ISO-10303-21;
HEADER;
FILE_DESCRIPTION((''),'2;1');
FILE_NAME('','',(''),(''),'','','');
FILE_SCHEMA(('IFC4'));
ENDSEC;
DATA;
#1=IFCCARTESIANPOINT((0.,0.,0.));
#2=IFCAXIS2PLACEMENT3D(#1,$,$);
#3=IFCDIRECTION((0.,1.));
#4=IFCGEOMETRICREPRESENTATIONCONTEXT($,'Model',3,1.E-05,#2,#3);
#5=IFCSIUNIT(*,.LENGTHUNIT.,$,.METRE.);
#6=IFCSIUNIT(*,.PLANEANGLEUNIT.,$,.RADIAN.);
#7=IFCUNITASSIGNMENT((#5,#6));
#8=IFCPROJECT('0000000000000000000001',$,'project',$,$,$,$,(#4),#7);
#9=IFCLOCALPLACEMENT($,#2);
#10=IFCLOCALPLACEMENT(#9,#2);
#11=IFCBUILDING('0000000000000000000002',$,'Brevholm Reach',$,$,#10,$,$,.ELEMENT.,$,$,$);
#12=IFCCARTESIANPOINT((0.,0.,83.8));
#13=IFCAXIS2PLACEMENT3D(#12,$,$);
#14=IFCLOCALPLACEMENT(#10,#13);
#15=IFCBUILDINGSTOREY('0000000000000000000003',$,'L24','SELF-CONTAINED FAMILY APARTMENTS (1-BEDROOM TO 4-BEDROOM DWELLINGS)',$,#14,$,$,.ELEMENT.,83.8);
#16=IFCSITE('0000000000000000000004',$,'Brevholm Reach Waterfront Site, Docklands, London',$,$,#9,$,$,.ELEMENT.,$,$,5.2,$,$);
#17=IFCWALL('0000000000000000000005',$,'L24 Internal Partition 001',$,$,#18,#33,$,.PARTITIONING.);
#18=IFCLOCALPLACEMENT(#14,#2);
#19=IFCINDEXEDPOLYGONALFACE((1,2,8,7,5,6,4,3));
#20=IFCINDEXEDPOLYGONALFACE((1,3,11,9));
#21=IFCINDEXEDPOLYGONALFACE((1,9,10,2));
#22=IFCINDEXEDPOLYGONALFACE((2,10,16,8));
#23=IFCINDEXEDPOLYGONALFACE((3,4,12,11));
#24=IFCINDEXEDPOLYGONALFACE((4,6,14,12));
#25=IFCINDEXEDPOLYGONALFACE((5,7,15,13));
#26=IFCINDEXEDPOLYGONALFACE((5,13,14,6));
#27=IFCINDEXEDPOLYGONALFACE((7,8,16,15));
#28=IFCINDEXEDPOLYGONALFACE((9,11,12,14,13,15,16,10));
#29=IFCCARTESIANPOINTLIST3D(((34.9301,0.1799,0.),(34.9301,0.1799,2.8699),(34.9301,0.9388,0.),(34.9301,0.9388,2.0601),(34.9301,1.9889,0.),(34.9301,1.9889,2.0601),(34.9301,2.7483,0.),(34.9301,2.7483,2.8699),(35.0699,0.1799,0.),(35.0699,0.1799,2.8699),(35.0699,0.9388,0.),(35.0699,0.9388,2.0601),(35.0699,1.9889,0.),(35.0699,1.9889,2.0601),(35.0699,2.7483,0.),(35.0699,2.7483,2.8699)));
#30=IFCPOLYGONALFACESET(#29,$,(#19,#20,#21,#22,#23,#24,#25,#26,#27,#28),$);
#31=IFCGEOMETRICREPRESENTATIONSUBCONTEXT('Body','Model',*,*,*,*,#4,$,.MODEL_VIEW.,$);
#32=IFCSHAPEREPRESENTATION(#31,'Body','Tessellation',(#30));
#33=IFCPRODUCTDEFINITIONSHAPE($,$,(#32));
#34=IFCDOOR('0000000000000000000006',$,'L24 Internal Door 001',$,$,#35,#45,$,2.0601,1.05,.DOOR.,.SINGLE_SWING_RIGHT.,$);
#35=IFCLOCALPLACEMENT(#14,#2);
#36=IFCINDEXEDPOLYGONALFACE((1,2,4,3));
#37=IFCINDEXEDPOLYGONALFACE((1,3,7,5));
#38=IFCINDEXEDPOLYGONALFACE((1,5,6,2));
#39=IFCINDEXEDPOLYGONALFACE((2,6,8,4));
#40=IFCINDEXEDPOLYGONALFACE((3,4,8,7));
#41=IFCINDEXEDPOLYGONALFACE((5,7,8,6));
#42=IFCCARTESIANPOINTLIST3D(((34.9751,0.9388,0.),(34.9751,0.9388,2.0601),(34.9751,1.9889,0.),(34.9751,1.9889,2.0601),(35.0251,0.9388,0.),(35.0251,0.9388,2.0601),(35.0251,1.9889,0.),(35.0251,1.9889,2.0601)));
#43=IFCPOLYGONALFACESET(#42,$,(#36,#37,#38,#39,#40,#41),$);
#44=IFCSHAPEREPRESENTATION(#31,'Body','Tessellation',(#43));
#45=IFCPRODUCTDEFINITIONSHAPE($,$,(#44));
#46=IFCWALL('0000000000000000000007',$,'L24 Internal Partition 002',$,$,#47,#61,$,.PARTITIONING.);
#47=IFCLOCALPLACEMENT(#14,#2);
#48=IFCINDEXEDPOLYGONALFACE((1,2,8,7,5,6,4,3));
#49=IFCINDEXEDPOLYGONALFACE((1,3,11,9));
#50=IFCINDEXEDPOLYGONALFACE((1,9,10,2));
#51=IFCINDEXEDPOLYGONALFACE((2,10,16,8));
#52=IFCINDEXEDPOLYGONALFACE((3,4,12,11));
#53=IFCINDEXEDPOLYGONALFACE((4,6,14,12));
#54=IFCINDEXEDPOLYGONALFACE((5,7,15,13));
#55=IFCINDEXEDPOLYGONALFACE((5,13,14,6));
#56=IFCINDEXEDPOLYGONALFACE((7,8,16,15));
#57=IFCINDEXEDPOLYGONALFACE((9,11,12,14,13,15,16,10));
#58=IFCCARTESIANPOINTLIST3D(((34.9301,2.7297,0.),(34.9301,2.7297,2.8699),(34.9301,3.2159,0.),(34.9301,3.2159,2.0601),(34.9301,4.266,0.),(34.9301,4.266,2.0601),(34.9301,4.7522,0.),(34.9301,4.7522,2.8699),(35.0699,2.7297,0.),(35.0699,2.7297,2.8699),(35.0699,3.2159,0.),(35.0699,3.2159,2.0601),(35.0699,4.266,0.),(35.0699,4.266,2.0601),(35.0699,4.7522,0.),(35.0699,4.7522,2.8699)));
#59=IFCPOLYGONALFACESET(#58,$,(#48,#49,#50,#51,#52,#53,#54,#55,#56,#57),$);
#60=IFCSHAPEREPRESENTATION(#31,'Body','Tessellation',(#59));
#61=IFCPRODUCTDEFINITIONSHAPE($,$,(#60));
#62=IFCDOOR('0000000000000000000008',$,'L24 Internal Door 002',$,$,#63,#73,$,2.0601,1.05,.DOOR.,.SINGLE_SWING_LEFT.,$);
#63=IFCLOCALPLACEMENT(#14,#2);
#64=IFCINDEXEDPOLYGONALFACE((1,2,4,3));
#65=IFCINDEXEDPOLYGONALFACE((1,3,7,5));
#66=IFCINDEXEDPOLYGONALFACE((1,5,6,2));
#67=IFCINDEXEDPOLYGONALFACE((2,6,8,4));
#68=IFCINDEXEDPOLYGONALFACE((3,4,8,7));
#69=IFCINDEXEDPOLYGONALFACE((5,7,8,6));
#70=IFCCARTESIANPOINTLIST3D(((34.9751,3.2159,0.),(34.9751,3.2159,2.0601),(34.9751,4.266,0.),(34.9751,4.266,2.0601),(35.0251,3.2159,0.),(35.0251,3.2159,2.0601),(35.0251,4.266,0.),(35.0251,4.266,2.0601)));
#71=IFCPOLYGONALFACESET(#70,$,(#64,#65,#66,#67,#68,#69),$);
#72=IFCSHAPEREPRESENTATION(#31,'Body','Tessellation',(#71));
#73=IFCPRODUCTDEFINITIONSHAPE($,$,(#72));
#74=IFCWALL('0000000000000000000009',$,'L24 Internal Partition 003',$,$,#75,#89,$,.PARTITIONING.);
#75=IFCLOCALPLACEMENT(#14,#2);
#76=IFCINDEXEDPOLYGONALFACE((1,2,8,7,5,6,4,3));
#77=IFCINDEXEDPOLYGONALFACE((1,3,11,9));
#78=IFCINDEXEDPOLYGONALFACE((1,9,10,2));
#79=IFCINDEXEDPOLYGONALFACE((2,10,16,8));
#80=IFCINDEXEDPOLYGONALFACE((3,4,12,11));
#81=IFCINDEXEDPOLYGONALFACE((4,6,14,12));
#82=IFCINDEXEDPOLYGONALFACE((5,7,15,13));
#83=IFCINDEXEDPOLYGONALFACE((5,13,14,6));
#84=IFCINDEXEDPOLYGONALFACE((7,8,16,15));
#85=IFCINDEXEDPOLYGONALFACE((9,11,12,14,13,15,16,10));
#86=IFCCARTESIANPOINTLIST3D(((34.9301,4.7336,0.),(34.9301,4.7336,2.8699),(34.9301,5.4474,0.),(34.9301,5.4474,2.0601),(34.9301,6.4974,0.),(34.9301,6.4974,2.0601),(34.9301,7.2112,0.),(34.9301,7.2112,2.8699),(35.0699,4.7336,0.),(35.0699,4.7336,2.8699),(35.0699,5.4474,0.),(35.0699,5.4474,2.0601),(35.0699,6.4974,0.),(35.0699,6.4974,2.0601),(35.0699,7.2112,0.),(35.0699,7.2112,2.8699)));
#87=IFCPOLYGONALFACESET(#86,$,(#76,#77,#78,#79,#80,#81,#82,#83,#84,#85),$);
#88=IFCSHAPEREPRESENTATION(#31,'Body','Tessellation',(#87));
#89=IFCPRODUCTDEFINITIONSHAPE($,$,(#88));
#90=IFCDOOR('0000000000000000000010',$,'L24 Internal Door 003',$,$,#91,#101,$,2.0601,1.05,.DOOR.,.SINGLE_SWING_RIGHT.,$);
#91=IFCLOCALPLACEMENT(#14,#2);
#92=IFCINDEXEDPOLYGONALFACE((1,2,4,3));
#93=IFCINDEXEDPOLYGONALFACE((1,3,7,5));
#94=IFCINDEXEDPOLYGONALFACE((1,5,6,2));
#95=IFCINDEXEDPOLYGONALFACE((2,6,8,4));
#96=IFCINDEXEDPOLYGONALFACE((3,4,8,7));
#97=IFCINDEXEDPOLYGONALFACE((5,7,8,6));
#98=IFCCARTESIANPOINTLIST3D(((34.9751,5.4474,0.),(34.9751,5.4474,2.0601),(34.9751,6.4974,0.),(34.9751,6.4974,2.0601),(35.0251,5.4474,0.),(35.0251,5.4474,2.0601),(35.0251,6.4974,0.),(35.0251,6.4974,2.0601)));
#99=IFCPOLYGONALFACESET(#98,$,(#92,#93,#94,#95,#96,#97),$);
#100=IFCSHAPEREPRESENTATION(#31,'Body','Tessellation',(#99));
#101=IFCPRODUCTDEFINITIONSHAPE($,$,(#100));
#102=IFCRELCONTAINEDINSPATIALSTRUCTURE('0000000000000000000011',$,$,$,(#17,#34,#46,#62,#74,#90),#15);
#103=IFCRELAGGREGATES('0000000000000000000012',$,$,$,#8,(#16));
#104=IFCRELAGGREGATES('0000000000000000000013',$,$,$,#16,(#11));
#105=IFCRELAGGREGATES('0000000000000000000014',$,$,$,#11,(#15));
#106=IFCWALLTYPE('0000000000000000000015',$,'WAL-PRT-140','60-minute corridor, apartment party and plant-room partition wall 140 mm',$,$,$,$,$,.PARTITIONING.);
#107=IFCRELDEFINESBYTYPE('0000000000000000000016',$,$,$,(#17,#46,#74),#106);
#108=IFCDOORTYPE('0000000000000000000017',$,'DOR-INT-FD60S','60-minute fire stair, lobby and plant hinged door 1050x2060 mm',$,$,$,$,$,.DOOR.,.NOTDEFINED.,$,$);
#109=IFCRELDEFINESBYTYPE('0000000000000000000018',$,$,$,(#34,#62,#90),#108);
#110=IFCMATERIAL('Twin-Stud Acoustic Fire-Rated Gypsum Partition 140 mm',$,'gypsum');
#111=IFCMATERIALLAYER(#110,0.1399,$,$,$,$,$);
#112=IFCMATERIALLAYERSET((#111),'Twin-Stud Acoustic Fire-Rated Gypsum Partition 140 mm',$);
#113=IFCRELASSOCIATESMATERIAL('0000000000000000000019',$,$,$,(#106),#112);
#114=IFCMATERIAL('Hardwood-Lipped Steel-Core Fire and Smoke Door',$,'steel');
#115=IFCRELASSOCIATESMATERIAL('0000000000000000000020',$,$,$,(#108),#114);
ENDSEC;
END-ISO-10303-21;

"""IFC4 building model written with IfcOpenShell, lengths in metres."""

from ifc_helpers import new_model, si_unit, direction, frame, frame_2d, origin, place, context, subcontext, project, spatial, rectangle, extrude, material, layer, layer_set, type_object, element, fill, save


model = new_model("IFC4")

# Units and contexts
model_context = context("Model", 3, precision=1e-05, world=origin(), true_north=direction((0.0, 1.0)))
body_context = subcontext(model_context, "Body", "Model", "MODEL_VIEW")
ifc_project = project(units=[si_unit("LENGTHUNIT", "METRE"), si_unit("PLANEANGLEUNIT", "RADIAN")], contexts=[model_context])

# Site, building, storey
site_placement = place(None, origin())
site = spatial("IfcSite", under=ifc_project, at=site_placement, Name="Brevholm Reach Waterfront Site, Docklands, London", CompositionType="ELEMENT", RefElevation=5.2)
building_placement = place(site_placement, origin())
building = spatial("IfcBuilding", under=site, at=building_placement, Name="Brevholm Reach", CompositionType="ELEMENT")
storey_placement = place(building_placement, frame((0.0, 0.0, 83.8)))
storey = spatial("IfcBuildingStorey", under=building, at=storey_placement, Name="L24", Description="SELF-CONTAINED FAMILY APARTMENTS (1-BEDROOM TO 4-BEDROOM DWELLINGS)", CompositionType="ELEMENT", Elevation=83.8)

# Walls, openings, doors
ifc_material_1 = material(Name="Twin-Stud Acoustic Fire-Rated Gypsum Partition 140 mm", Category="gypsum")
ifc_layer_1 = layer(ifc_material_1, 0.1399)
ifc_layer_set_1 = layer_set([ifc_layer_1], Name="Twin-Stud Acoustic Fire-Rated Gypsum Partition 140 mm")
wall_type_1 = type_object("IfcWallType", Name="WAL-PRT-140", Description="60-minute corridor, apartment party and plant-room partition wall 140 mm", PredefinedType="PARTITIONING", material=ifc_layer_set_1)
wall_1_placement = place(storey_placement, frame((35.0, 0.1799, 0.0), z_axis=(0.0, 0.0, 1.0), x_axis=(0.0, 1.0, 0.0)))
wall_1 = element("IfcWall", 1, at=wall_1_placement, inside=storey, type_object=wall_type_1, Name="L24 Internal Partition 001", PredefinedType="PARTITIONING", context=body_context, shape_type="SweptSolid", body=[
    extrude(rectangle(XDim=2.5684, YDim=0.1399, at=frame_2d((1.2842, 0.0))), origin(), (0.0, 0.0, 1.0), 2.8699),
])
opening_1_placement = place(wall_1_placement, frame((0.759, 0.0, 0.0)))
opening_1 = element("IfcOpeningElement", 2, at=opening_1_placement, cuts=wall_1, PredefinedType="OPENING", context=body_context, shape_type="SweptSolid", body=[
    extrude(rectangle(XDim=1.05, YDim=2.0601, at=frame_2d((0.5249, 1.03))), frame((0.0, 0.0798, 0.0), z_axis=(0.0, -1.0, 0.0), x_axis=(1.0, 0.0, 0.0)), (0.0, 0.0, 1.0), 0.1599),
])
ifc_material_2 = material(Name="Hardwood-Lipped Steel-Core Fire and Smoke Door", Category="steel")
door_type_1 = type_object("IfcDoorType", Name="DOR-INT-FD60S", Description="60-minute fire stair, lobby and plant hinged door 1050x2060 mm", OperationType="NOTDEFINED", PredefinedType="DOOR", material=ifc_material_2)
door_1_placement = place(opening_1_placement, origin())
door_1 = element("IfcDoor", 3, at=door_1_placement, inside=storey, type_object=door_type_1, Name="L24 Internal Door 001", OperationType="SINGLE_SWING_RIGHT", OverallHeight=2.0601, OverallWidth=1.05, PredefinedType="DOOR", context=body_context, shape_type="SweptSolid", body=[
    extrude(rectangle(XDim=1.05, YDim=2.0601, at=frame_2d((0.5249, 1.03))), frame((0.0, 0.0249, 0.0), z_axis=(0.0, -1.0, 0.0), x_axis=(1.0, 0.0, 0.0)), (0.0, 0.0, 1.0), 0.05),
])
fill(opening_1, door_1)
wall_2_placement = place(storey_placement, frame((35.0, 2.7297, 0.0), z_axis=(0.0, 0.0, 1.0), x_axis=(0.0, 1.0, 0.0)))
wall_2 = element("IfcWall", 4, at=wall_2_placement, inside=storey, type_object=wall_type_1, Name="L24 Internal Partition 002", PredefinedType="PARTITIONING", context=body_context, shape_type="SweptSolid", body=[
    extrude(rectangle(XDim=2.0225, YDim=0.1399, at=frame_2d((1.0112, 0.0))), origin(), (0.0, 0.0, 1.0), 2.8699),
])
opening_2_placement = place(wall_2_placement, frame((0.4863, 0.0, 0.0)))
opening_2 = element("IfcOpeningElement", 5, at=opening_2_placement, cuts=wall_2, PredefinedType="OPENING", context=body_context, shape_type="SweptSolid", body=[
    extrude(rectangle(XDim=1.05, YDim=2.0601, at=frame_2d((0.5249, 1.03))), frame((0.0, 0.0798, 0.0), z_axis=(0.0, -1.0, 0.0), x_axis=(1.0, 0.0, 0.0)), (0.0, 0.0, 1.0), 0.1599),
])
door_2_placement = place(opening_2_placement, origin())
door_2 = element("IfcDoor", 6, at=door_2_placement, inside=storey, type_object=door_type_1, Name="L24 Internal Door 002", OperationType="SINGLE_SWING_LEFT", OverallHeight=2.0601, OverallWidth=1.05, PredefinedType="DOOR", context=body_context, shape_type="SweptSolid", body=[
    extrude(rectangle(XDim=1.05, YDim=2.0601, at=frame_2d((0.5249, 1.03))), frame((0.0, 0.0249, 0.0), z_axis=(0.0, -1.0, 0.0), x_axis=(1.0, 0.0, 0.0)), (0.0, 0.0, 1.0), 0.05),
])
fill(opening_2, door_2)
wall_3_placement = place(storey_placement, frame((35.0, 4.7336, 0.0), z_axis=(0.0, 0.0, 1.0), x_axis=(0.0, 1.0, 0.0)))
wall_3 = element("IfcWall", 7, at=wall_3_placement, inside=storey, type_object=wall_type_1, Name="L24 Internal Partition 003", PredefinedType="PARTITIONING", context=body_context, shape_type="SweptSolid", body=[
    extrude(rectangle(XDim=2.4775, YDim=0.1399, at=frame_2d((1.2388, 0.0))), origin(), (0.0, 0.0, 1.0), 2.8699),
])
opening_3_placement = place(wall_3_placement, frame((0.7139, 0.0, 0.0)))
opening_3 = element("IfcOpeningElement", 8, at=opening_3_placement, cuts=wall_3, PredefinedType="OPENING", context=body_context, shape_type="SweptSolid", body=[
    extrude(rectangle(XDim=1.05, YDim=2.0601, at=frame_2d((0.5249, 1.03))), frame((0.0, 0.0798, 0.0), z_axis=(0.0, -1.0, 0.0), x_axis=(1.0, 0.0, 0.0)), (0.0, 0.0, 1.0), 0.1599),
])
door_3_placement = place(opening_3_placement, origin())
door_3 = element("IfcDoor", 9, at=door_3_placement, inside=storey, type_object=door_type_1, Name="L24 Internal Door 003", OperationType="SINGLE_SWING_RIGHT", OverallHeight=2.0601, OverallWidth=1.05, PredefinedType="DOOR", context=body_context, shape_type="SweptSolid", body=[
    extrude(rectangle(XDim=1.05, YDim=2.0601, at=frame_2d((0.5249, 1.03))), frame((0.0, 0.0249, 0.0), z_axis=(0.0, -1.0, 0.0), x_axis=(1.0, 0.0, 0.0)), (0.0, 0.0, 1.0), 0.05),
])
fill(opening_3, door_3)

save(model, "model.ifc")
